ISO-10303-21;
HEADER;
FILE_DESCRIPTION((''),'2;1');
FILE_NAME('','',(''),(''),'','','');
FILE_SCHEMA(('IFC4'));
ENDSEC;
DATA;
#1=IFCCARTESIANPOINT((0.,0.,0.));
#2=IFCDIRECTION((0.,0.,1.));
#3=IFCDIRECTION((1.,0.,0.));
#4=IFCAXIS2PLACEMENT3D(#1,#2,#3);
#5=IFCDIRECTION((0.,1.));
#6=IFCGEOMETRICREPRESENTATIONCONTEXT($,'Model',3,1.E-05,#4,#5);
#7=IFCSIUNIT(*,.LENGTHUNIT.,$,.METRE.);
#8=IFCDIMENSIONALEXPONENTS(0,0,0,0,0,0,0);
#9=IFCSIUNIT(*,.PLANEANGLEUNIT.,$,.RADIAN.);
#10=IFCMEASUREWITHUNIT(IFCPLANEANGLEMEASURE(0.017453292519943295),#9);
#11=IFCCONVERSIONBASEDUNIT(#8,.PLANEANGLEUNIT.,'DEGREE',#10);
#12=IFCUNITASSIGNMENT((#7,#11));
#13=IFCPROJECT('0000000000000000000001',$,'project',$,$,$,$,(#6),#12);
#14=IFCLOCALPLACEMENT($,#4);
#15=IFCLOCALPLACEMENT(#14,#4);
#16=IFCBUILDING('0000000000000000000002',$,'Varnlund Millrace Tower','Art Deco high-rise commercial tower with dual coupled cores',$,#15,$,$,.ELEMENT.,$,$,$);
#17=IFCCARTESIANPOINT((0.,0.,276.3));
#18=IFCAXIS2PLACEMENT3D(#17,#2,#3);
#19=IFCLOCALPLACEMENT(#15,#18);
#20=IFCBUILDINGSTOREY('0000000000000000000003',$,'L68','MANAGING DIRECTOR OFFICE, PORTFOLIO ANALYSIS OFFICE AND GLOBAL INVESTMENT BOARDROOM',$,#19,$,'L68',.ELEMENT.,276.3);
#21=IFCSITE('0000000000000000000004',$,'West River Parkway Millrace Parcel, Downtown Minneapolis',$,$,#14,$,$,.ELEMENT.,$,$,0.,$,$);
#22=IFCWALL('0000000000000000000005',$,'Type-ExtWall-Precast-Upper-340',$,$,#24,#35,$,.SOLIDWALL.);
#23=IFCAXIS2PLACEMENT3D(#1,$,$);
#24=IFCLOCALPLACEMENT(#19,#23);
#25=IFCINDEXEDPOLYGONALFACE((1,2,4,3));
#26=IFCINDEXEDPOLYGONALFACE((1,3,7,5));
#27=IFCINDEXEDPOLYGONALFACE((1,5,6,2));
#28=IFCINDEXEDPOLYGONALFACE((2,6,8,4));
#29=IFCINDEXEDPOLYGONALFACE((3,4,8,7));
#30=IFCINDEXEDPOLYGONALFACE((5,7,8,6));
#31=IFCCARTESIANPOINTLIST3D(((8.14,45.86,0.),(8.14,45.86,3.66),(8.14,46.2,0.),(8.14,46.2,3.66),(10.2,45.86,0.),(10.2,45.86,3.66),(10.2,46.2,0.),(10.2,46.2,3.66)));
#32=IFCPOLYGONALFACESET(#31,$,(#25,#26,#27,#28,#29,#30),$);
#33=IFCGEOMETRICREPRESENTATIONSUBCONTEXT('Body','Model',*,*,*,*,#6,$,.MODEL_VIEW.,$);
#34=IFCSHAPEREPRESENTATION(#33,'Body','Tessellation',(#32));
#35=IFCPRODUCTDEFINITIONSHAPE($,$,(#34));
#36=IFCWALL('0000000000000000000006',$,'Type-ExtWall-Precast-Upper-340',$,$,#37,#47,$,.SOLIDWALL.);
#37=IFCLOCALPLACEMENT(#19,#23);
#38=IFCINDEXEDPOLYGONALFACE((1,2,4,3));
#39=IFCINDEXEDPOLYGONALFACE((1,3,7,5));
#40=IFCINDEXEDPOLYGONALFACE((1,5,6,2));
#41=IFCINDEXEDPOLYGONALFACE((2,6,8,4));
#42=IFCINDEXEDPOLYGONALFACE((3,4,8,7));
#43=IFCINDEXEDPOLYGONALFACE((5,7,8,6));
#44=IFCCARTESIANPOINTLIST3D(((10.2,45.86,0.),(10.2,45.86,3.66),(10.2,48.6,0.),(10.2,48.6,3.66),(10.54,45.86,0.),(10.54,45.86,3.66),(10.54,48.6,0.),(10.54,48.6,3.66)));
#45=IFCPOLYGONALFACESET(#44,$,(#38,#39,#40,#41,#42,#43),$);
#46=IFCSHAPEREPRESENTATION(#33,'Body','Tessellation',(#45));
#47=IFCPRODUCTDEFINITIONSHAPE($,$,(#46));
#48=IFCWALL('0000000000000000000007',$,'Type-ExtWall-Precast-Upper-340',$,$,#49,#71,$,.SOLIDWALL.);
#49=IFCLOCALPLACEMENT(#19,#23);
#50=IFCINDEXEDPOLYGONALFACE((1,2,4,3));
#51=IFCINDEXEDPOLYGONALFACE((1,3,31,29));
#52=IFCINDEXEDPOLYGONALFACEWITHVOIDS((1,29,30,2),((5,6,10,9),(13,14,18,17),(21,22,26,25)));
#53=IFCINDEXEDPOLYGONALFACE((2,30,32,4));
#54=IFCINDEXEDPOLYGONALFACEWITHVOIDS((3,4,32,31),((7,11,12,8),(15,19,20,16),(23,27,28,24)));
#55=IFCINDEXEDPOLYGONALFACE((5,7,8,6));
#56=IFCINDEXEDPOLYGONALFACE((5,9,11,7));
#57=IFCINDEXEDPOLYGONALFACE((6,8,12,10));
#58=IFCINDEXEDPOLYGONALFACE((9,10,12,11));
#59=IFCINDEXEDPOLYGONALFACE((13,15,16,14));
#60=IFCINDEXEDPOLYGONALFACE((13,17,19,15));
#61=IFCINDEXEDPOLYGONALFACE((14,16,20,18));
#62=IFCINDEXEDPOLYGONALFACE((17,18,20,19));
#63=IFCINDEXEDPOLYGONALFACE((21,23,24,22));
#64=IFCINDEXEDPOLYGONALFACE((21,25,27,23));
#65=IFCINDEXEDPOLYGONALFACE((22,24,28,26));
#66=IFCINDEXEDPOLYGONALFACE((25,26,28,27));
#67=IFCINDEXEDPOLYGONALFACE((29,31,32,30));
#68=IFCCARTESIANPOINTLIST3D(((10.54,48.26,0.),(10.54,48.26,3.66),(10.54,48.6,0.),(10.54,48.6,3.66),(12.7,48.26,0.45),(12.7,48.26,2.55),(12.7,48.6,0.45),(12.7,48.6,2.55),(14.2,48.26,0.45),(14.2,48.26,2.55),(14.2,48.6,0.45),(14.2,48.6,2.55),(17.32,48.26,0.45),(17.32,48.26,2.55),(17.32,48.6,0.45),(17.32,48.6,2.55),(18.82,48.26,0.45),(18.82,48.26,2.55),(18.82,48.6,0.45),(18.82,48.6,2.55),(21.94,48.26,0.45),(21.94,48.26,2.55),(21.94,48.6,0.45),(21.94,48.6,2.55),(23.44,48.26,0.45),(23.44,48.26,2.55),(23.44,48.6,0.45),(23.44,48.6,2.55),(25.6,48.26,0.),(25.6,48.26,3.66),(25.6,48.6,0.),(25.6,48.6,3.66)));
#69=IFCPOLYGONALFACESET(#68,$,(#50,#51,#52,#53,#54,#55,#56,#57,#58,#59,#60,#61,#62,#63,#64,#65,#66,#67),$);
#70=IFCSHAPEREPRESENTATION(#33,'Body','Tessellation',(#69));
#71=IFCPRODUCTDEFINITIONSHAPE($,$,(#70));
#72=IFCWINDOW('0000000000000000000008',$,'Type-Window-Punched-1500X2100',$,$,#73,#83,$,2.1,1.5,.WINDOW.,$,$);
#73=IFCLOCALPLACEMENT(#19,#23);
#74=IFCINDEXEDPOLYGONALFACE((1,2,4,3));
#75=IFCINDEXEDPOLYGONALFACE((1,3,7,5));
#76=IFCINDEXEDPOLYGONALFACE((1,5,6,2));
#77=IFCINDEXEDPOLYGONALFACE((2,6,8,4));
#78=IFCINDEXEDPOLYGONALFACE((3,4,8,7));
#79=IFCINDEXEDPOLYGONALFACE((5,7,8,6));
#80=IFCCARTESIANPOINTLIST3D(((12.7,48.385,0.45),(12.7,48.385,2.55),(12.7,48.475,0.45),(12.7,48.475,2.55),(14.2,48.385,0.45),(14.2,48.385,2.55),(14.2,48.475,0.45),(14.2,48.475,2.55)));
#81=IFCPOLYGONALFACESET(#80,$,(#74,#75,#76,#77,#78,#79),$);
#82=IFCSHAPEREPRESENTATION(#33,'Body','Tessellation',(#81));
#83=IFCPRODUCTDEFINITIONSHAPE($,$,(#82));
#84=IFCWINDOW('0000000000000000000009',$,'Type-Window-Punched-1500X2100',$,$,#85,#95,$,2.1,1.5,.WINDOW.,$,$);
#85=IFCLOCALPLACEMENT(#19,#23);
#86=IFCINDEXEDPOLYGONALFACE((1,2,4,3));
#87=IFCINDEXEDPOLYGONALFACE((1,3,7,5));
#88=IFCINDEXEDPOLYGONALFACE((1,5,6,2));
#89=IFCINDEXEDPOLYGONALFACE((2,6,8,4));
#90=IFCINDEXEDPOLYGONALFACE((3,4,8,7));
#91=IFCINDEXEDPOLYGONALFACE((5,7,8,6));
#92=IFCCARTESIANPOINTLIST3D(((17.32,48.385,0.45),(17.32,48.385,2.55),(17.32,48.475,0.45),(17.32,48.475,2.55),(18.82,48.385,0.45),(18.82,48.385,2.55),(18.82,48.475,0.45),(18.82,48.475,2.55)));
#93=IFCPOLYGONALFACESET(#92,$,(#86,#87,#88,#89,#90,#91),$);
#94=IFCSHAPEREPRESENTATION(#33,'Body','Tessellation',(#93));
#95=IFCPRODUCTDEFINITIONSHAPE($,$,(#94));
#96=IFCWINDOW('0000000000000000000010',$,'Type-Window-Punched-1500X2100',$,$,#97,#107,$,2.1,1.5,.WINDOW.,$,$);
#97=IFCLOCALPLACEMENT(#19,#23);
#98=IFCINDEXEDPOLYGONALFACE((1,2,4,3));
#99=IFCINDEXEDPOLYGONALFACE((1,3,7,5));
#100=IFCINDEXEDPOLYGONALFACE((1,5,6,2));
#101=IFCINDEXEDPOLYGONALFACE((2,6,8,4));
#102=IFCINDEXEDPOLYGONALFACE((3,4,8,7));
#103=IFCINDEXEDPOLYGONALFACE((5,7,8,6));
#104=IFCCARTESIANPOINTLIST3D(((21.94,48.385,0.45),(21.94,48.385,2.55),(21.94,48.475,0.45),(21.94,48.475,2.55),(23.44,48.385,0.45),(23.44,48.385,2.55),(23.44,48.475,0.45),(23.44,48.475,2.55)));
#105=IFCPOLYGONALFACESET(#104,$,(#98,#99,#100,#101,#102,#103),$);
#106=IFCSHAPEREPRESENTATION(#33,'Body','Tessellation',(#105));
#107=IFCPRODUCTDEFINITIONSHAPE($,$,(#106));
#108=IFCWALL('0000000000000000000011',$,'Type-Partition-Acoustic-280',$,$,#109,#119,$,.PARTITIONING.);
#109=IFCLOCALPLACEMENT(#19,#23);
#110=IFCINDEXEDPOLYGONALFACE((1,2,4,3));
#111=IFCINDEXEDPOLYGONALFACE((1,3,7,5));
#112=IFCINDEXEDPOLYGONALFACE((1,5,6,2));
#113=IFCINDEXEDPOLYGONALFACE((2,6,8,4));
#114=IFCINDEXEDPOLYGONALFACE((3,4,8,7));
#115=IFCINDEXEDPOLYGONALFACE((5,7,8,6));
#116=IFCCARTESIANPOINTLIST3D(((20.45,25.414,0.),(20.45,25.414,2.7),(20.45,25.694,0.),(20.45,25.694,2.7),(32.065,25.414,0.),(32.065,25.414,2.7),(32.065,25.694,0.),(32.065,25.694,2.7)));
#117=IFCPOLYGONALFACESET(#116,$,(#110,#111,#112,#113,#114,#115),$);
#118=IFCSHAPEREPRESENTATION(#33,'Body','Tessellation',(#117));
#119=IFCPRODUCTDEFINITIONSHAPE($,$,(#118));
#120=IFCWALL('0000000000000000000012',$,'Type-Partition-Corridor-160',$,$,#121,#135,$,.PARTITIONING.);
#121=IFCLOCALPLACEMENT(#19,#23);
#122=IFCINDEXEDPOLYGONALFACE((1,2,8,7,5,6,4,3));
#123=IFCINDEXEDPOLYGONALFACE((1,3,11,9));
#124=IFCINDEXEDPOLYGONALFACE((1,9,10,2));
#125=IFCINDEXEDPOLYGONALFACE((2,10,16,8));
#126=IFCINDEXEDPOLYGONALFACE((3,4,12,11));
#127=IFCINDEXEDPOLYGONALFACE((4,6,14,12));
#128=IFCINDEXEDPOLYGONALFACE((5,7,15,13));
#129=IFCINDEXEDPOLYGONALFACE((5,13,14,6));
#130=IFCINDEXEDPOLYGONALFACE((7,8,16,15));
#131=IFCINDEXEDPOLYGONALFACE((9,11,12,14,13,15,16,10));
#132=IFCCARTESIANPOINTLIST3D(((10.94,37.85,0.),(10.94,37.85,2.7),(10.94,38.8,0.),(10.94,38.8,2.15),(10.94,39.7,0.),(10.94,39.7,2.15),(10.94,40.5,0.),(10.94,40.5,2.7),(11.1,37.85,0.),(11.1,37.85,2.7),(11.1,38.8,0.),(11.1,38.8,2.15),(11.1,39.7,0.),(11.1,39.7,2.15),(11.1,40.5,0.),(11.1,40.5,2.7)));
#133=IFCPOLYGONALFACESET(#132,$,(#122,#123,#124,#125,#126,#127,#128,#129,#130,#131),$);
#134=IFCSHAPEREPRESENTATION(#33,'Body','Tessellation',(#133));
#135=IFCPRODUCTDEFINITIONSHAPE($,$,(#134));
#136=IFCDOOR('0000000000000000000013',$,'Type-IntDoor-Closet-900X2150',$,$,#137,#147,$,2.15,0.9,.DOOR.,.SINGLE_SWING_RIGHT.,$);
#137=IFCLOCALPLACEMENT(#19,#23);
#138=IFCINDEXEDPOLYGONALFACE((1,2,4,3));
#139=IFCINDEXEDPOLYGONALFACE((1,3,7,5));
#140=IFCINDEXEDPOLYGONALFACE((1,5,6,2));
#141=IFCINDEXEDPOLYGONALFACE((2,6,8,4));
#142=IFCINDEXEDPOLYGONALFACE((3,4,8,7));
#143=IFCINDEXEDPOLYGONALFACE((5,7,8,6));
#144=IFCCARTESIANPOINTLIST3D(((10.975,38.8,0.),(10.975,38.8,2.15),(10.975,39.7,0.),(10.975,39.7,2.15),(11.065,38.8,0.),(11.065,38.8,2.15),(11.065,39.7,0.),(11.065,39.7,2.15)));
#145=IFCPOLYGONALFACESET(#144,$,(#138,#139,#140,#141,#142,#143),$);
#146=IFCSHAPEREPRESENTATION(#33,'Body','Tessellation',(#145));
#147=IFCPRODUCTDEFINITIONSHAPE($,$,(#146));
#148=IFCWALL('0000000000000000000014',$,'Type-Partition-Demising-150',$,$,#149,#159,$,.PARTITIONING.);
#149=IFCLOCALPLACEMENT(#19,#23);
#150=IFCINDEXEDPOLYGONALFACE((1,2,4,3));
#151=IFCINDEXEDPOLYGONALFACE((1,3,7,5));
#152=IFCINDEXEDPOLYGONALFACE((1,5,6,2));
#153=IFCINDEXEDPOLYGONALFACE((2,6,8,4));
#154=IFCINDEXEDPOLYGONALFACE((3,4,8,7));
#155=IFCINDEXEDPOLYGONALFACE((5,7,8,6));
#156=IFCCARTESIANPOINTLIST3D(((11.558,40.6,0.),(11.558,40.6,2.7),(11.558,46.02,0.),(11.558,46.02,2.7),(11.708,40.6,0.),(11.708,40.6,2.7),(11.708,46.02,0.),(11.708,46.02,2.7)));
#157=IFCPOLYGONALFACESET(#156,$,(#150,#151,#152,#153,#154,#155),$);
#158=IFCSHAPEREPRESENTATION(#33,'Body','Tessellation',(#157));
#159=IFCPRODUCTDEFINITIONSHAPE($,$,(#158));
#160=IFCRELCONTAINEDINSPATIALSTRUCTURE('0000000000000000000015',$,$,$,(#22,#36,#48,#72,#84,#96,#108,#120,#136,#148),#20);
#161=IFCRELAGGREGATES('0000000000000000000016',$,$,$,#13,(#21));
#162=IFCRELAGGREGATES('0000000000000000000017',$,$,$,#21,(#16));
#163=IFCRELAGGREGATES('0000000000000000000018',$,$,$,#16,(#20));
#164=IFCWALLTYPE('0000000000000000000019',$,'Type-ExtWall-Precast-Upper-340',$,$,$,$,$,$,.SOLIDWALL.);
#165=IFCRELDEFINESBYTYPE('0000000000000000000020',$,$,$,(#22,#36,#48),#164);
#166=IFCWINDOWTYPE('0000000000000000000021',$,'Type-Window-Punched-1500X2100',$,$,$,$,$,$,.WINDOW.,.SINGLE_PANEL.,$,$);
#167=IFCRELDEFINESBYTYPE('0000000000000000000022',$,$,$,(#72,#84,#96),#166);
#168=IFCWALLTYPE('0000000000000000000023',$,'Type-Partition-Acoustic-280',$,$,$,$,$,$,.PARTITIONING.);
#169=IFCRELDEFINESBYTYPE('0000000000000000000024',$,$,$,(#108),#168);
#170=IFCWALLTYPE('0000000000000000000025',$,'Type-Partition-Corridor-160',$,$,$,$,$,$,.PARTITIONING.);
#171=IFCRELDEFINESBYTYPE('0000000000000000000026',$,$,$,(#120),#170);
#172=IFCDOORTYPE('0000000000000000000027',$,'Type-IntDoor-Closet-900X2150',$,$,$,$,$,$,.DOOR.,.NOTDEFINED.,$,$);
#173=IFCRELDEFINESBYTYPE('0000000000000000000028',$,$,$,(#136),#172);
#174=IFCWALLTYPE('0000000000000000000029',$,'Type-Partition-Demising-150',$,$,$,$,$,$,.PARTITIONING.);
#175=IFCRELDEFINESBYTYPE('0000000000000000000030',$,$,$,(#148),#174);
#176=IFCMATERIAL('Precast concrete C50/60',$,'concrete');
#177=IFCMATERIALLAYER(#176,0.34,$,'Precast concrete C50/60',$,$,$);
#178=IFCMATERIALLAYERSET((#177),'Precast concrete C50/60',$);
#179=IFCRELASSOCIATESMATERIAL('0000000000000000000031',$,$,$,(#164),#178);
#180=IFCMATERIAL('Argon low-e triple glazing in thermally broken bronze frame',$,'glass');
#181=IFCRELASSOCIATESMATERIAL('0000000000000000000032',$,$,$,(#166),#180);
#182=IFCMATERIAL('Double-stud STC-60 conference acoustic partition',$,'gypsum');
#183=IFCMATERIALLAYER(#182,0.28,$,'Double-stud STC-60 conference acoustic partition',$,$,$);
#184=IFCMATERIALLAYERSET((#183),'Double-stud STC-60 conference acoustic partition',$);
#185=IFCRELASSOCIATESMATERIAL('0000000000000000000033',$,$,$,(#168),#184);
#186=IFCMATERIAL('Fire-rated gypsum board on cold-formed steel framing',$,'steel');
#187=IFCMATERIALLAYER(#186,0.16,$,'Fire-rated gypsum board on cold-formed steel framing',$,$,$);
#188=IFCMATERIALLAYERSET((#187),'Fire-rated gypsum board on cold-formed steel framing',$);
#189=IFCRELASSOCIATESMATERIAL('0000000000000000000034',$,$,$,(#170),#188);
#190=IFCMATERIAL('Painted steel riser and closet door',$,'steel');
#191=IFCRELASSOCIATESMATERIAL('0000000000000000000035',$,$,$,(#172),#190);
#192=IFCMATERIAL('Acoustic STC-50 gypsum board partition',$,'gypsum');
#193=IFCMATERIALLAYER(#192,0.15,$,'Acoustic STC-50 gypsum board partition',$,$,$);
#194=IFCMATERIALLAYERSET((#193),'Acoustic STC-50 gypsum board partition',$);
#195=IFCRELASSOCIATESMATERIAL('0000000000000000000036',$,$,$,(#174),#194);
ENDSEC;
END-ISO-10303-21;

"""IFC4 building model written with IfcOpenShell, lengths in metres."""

from ifc_helpers import new_model, entity, si_unit, converted_unit, direction, frame, origin_with_axes, origin_2d_with_axis, place, context, subcontext, project, spatial, polyline, rectangle, outline, extrude, material, layer, layer_set, type_object, element, fill, save


model = new_model("IFC4")

# Units and contexts
model_context = context("Model", 3, precision=1e-05, world=origin_with_axes(), true_north=direction((0.0, 1.0)))
body_context = subcontext(model_context, "Body", "Model", "MODEL_VIEW")
ifc_project = project(units=[si_unit("LENGTHUNIT", "METRE"), converted_unit("PLANEANGLEUNIT", "DEGREE", entity("IfcPlaneAngleMeasure", 0.017453292519943295), si_unit("PLANEANGLEUNIT", "RADIAN"), dimensions=[0, 0, 0, 0, 0, 0, 0])], contexts=[model_context])

# Site, building, storey
site_placement = place(None, origin_with_axes())
site = spatial("IfcSite", under=ifc_project, at=site_placement, Name="West River Parkway Millrace Parcel, Downtown Minneapolis", CompositionType="ELEMENT", RefElevation=0.0)
building_placement = place(site_placement, origin_with_axes())
building = spatial("IfcBuilding", under=site, at=building_placement, Name="Varnlund Millrace Tower", Description="Art Deco high-rise commercial tower with dual coupled cores", CompositionType="ELEMENT")
storey_placement = place(building_placement, frame((0.0, 0.0, 276.3), z_axis=(0.0, 0.0, 1.0), x_axis=(1.0, 0.0, 0.0)))
storey = spatial("IfcBuildingStorey", under=building, at=storey_placement, Name="L68", Description="MANAGING DIRECTOR OFFICE, PORTFOLIO ANALYSIS OFFICE AND GLOBAL INVESTMENT BOARDROOM", LongName="L68", CompositionType="ELEMENT", Elevation=276.3)

# Walls
ifc_material_1 = material(Name="Precast concrete C50/60", Category="concrete")
ifc_layer_1 = layer(ifc_material_1, 0.34, Name="Precast concrete C50/60")
ifc_layer_set_1 = layer_set([ifc_layer_1], Name="Precast concrete C50/60")
wall_type_1 = type_object("IfcWallType", Name="Type-ExtWall-Precast-Upper-340", PredefinedType="SOLIDWALL", material=ifc_layer_set_1)
wall_1_placement = place(storey_placement, frame((8.14, 46.03, 0.0), z_axis=(0.0, 0.0, 1.0), x_axis=(1.0, 0.0, 0.0)))
element("IfcWall", 1, at=wall_1_placement, inside=storey, type_object=wall_type_1, Name="Type-ExtWall-Precast-Upper-340", PredefinedType="SOLIDWALL", context=body_context, shape_type="SweptSolid", body=[
    extrude(outline(polyline([(0.0, -0.17), (2.06, -0.17), (2.06, 0.17), (0.0, 0.17), (0.0, -0.17)])), origin_with_axes(), (0.0, 0.0, 1.0), 3.66),
])
wall_2_placement = place(storey_placement, frame((10.37, 45.86, 0.0), z_axis=(0.0, 0.0, 1.0), x_axis=(0.0, 1.0, 0.0)))
element("IfcWall", 2, at=wall_2_placement, inside=storey, type_object=wall_type_1, Name="Type-ExtWall-Precast-Upper-340", PredefinedType="SOLIDWALL", context=body_context, shape_type="SweptSolid", body=[
    extrude(outline(polyline([(0.0, -0.17), (2.74, -0.17), (2.74, 0.17), (0.0, 0.17), (0.0, -0.17)])), origin_with_axes(), (0.0, 0.0, 1.0), 3.66),
])

# Wall, openings, windows
wall_3_placement = place(storey_placement, frame((10.54, 48.43, 0.0), z_axis=(0.0, 0.0, 1.0), x_axis=(1.0, 0.0, 0.0)))
wall_3 = element("IfcWall", 3, at=wall_3_placement, inside=storey, type_object=wall_type_1, Name="Type-ExtWall-Precast-Upper-340", PredefinedType="SOLIDWALL", context=body_context, shape_type="SweptSolid", body=[
    extrude(outline(polyline([(0.0, -0.17), (15.06, -0.17), (15.06, 0.17), (0.0, 0.17), (0.0, -0.17)])), origin_with_axes(), (0.0, 0.0, 1.0), 3.66),
])
opening_1_placement = place(wall_3_placement, frame((2.91, 0.0, 0.45), z_axis=(0.0, 0.0, 1.0), x_axis=(1.0, 0.0, 0.0)))
opening_1 = element("IfcOpeningElement", 4, at=opening_1_placement, cuts=wall_3, PredefinedType="OPENING", context=body_context, shape_type="SweptSolid", body=[
    extrude(rectangle(XDim=1.5, YDim=0.36, at=origin_2d_with_axis()), origin_with_axes(), (0.0, 0.0, 1.0), 2.1),
])
opening_2_placement = place(wall_3_placement, frame((7.53, 0.0, 0.45), z_axis=(0.0, 0.0, 1.0), x_axis=(1.0, 0.0, 0.0)))
opening_2 = element("IfcOpeningElement", 5, at=opening_2_placement, cuts=wall_3, PredefinedType="OPENING", context=body_context, shape_type="SweptSolid", body=[
    extrude(rectangle(XDim=1.5, YDim=0.36, at=origin_2d_with_axis()), origin_with_axes(), (0.0, 0.0, 1.0), 2.1),
])
opening_3_placement = place(wall_3_placement, frame((12.15, 0.0, 0.45), z_axis=(0.0, 0.0, 1.0), x_axis=(1.0, 0.0, 0.0)))
opening_3 = element("IfcOpeningElement", 6, at=opening_3_placement, cuts=wall_3, PredefinedType="OPENING", context=body_context, shape_type="SweptSolid", body=[
    extrude(rectangle(XDim=1.5, YDim=0.36, at=origin_2d_with_axis()), origin_with_axes(), (0.0, 0.0, 1.0), 2.1),
])
ifc_material_2 = material(Name="Argon low-e triple glazing in thermally broken bronze frame", Category="glass")
window_type = type_object("IfcWindowType", Name="Type-Window-Punched-1500X2100", PartitioningType="SINGLE_PANEL", PredefinedType="WINDOW", material=ifc_material_2)
window_1_placement = place(wall_3_placement, frame((2.91, 0.0, 0.45), z_axis=(0.0, 0.0, 1.0), x_axis=(1.0, 0.0, 0.0)))
window_1 = element("IfcWindow", 7, at=window_1_placement, inside=storey, type_object=window_type, Name="Type-Window-Punched-1500X2100", OverallHeight=2.1, OverallWidth=1.5, PredefinedType="WINDOW", context=body_context, shape_type="SweptSolid", body=[
    extrude(rectangle(XDim=1.5, YDim=0.09, at=origin_2d_with_axis()), origin_with_axes(), (0.0, 0.0, 1.0), 2.1),
])
fill(opening_1, window_1)
window_2_placement = place(wall_3_placement, frame((7.53, 0.0, 0.45), z_axis=(0.0, 0.0, 1.0), x_axis=(1.0, 0.0, 0.0)))
window_2 = element("IfcWindow", 8, at=window_2_placement, inside=storey, type_object=window_type, Name="Type-Window-Punched-1500X2100", OverallHeight=2.1, OverallWidth=1.5, PredefinedType="WINDOW", context=body_context, shape_type="SweptSolid", body=[
    extrude(rectangle(XDim=1.5, YDim=0.09, at=origin_2d_with_axis()), origin_with_axes(), (0.0, 0.0, 1.0), 2.1),
])
fill(opening_2, window_2)
window_3_placement = place(wall_3_placement, frame((12.15, 0.0, 0.45), z_axis=(0.0, 0.0, 1.0), x_axis=(1.0, 0.0, 0.0)))
window_3 = element("IfcWindow", 9, at=window_3_placement, inside=storey, type_object=window_type, Name="Type-Window-Punched-1500X2100", OverallHeight=2.1, OverallWidth=1.5, PredefinedType="WINDOW", context=body_context, shape_type="SweptSolid", body=[
    extrude(rectangle(XDim=1.5, YDim=0.09, at=origin_2d_with_axis()), origin_with_axes(), (0.0, 0.0, 1.0), 2.1),
])
fill(opening_3, window_3)

# Wall
ifc_material_3 = material(Name="Double-stud STC-60 conference acoustic partition", Category="gypsum")
ifc_layer_2 = layer(ifc_material_3, 0.28, Name="Double-stud STC-60 conference acoustic partition")
ifc_layer_set_2 = layer_set([ifc_layer_2], Name="Double-stud STC-60 conference acoustic partition")
wall_type_2 = type_object("IfcWallType", Name="Type-Partition-Acoustic-280", PredefinedType="PARTITIONING", material=ifc_layer_set_2)
wall_4_placement = place(storey_placement, frame((20.45, 25.554, 0.0), z_axis=(0.0, 0.0, 1.0), x_axis=(1.0, 0.0, 0.0)))
element("IfcWall", 10, at=wall_4_placement, inside=storey, type_object=wall_type_2, Name="Type-Partition-Acoustic-280", PredefinedType="PARTITIONING", context=body_context, shape_type="SweptSolid", body=[
    extrude(outline(polyline([(0.0, -0.14), (11.615, -0.14), (11.615, 0.14), (0.0, 0.14), (0.0, -0.14)])), origin_with_axes(), (0.0, 0.0, 1.0), 2.7),
])

# Wall, opening, door
ifc_material_4 = material(Name="Fire-rated gypsum board on cold-formed steel framing", Category="steel")
ifc_layer_3 = layer(ifc_material_4, 0.16, Name="Fire-rated gypsum board on cold-formed steel framing")
ifc_layer_set_3 = layer_set([ifc_layer_3], Name="Fire-rated gypsum board on cold-formed steel framing")
wall_type_3 = type_object("IfcWallType", Name="Type-Partition-Corridor-160", PredefinedType="PARTITIONING", material=ifc_layer_set_3)
wall_5_placement = place(storey_placement, frame((11.02, 37.85, 0.0), z_axis=(0.0, 0.0, 1.0), x_axis=(0.0, 1.0, 0.0)))
wall_5 = element("IfcWall", 11, at=wall_5_placement, inside=storey, type_object=wall_type_3, Name="Type-Partition-Corridor-160", PredefinedType="PARTITIONING", context=body_context, shape_type="SweptSolid", body=[
    extrude(outline(polyline([(0.0, -0.08), (2.65, -0.08), (2.65, 0.08), (0.0, 0.08), (0.0, -0.08)])), origin_with_axes(), (0.0, 0.0, 1.0), 2.7),
])
opening_4_placement = place(wall_5_placement, frame((1.4, 0.0, 0.0), z_axis=(0.0, 0.0, 1.0), x_axis=(1.0, 0.0, 0.0)))
opening_4 = element("IfcOpeningElement", 12, at=opening_4_placement, cuts=wall_5, PredefinedType="OPENING", context=body_context, shape_type="SweptSolid", body=[
    extrude(rectangle(XDim=0.9, YDim=0.18, at=origin_2d_with_axis()), origin_with_axes(), (0.0, 0.0, 1.0), 2.15),
])
ifc_material_5 = material(Name="Painted steel riser and closet door", Category="steel")
door_type = type_object("IfcDoorType", Name="Type-IntDoor-Closet-900X2150", OperationType="NOTDEFINED", PredefinedType="DOOR", material=ifc_material_5)
door_1_placement = place(wall_5_placement, frame((1.4, 0.0, 0.0), z_axis=(0.0, 0.0, 1.0), x_axis=(1.0, 0.0, 0.0)))
door_1 = element("IfcDoor", 13, at=door_1_placement, inside=storey, type_object=door_type, Name="Type-IntDoor-Closet-900X2150", OperationType="SINGLE_SWING_RIGHT", OverallHeight=2.15, OverallWidth=0.9, PredefinedType="DOOR", context=body_context, shape_type="SweptSolid", body=[
    extrude(rectangle(XDim=0.9, YDim=0.09, at=origin_2d_with_axis()), origin_with_axes(), (0.0, 0.0, 1.0), 2.15),
])
fill(opening_4, door_1)

# Wall
ifc_material_6 = material(Name="Acoustic STC-50 gypsum board partition", Category="gypsum")
ifc_layer_4 = layer(ifc_material_6, 0.15, Name="Acoustic STC-50 gypsum board partition")
ifc_layer_set_4 = layer_set([ifc_layer_4], Name="Acoustic STC-50 gypsum board partition")
wall_type_4 = type_object("IfcWallType", Name="Type-Partition-Demising-150", PredefinedType="PARTITIONING", material=ifc_layer_set_4)
wall_6_placement = place(storey_placement, frame((11.633, 40.6, 0.0), z_axis=(0.0, 0.0, 1.0), x_axis=(0.0, 1.0, 0.0)))
element("IfcWall", 14, at=wall_6_placement, inside=storey, type_object=wall_type_4, Name="Type-Partition-Demising-150", PredefinedType="PARTITIONING", context=body_context, shape_type="SweptSolid", body=[
    extrude(outline(polyline([(0.0, -0.075), (5.42, -0.075), (5.42, 0.075), (0.0, 0.075), (0.0, -0.075)])), origin_with_axes(), (0.0, 0.0, 1.0), 2.7),
])

save(model, "model.ifc")
